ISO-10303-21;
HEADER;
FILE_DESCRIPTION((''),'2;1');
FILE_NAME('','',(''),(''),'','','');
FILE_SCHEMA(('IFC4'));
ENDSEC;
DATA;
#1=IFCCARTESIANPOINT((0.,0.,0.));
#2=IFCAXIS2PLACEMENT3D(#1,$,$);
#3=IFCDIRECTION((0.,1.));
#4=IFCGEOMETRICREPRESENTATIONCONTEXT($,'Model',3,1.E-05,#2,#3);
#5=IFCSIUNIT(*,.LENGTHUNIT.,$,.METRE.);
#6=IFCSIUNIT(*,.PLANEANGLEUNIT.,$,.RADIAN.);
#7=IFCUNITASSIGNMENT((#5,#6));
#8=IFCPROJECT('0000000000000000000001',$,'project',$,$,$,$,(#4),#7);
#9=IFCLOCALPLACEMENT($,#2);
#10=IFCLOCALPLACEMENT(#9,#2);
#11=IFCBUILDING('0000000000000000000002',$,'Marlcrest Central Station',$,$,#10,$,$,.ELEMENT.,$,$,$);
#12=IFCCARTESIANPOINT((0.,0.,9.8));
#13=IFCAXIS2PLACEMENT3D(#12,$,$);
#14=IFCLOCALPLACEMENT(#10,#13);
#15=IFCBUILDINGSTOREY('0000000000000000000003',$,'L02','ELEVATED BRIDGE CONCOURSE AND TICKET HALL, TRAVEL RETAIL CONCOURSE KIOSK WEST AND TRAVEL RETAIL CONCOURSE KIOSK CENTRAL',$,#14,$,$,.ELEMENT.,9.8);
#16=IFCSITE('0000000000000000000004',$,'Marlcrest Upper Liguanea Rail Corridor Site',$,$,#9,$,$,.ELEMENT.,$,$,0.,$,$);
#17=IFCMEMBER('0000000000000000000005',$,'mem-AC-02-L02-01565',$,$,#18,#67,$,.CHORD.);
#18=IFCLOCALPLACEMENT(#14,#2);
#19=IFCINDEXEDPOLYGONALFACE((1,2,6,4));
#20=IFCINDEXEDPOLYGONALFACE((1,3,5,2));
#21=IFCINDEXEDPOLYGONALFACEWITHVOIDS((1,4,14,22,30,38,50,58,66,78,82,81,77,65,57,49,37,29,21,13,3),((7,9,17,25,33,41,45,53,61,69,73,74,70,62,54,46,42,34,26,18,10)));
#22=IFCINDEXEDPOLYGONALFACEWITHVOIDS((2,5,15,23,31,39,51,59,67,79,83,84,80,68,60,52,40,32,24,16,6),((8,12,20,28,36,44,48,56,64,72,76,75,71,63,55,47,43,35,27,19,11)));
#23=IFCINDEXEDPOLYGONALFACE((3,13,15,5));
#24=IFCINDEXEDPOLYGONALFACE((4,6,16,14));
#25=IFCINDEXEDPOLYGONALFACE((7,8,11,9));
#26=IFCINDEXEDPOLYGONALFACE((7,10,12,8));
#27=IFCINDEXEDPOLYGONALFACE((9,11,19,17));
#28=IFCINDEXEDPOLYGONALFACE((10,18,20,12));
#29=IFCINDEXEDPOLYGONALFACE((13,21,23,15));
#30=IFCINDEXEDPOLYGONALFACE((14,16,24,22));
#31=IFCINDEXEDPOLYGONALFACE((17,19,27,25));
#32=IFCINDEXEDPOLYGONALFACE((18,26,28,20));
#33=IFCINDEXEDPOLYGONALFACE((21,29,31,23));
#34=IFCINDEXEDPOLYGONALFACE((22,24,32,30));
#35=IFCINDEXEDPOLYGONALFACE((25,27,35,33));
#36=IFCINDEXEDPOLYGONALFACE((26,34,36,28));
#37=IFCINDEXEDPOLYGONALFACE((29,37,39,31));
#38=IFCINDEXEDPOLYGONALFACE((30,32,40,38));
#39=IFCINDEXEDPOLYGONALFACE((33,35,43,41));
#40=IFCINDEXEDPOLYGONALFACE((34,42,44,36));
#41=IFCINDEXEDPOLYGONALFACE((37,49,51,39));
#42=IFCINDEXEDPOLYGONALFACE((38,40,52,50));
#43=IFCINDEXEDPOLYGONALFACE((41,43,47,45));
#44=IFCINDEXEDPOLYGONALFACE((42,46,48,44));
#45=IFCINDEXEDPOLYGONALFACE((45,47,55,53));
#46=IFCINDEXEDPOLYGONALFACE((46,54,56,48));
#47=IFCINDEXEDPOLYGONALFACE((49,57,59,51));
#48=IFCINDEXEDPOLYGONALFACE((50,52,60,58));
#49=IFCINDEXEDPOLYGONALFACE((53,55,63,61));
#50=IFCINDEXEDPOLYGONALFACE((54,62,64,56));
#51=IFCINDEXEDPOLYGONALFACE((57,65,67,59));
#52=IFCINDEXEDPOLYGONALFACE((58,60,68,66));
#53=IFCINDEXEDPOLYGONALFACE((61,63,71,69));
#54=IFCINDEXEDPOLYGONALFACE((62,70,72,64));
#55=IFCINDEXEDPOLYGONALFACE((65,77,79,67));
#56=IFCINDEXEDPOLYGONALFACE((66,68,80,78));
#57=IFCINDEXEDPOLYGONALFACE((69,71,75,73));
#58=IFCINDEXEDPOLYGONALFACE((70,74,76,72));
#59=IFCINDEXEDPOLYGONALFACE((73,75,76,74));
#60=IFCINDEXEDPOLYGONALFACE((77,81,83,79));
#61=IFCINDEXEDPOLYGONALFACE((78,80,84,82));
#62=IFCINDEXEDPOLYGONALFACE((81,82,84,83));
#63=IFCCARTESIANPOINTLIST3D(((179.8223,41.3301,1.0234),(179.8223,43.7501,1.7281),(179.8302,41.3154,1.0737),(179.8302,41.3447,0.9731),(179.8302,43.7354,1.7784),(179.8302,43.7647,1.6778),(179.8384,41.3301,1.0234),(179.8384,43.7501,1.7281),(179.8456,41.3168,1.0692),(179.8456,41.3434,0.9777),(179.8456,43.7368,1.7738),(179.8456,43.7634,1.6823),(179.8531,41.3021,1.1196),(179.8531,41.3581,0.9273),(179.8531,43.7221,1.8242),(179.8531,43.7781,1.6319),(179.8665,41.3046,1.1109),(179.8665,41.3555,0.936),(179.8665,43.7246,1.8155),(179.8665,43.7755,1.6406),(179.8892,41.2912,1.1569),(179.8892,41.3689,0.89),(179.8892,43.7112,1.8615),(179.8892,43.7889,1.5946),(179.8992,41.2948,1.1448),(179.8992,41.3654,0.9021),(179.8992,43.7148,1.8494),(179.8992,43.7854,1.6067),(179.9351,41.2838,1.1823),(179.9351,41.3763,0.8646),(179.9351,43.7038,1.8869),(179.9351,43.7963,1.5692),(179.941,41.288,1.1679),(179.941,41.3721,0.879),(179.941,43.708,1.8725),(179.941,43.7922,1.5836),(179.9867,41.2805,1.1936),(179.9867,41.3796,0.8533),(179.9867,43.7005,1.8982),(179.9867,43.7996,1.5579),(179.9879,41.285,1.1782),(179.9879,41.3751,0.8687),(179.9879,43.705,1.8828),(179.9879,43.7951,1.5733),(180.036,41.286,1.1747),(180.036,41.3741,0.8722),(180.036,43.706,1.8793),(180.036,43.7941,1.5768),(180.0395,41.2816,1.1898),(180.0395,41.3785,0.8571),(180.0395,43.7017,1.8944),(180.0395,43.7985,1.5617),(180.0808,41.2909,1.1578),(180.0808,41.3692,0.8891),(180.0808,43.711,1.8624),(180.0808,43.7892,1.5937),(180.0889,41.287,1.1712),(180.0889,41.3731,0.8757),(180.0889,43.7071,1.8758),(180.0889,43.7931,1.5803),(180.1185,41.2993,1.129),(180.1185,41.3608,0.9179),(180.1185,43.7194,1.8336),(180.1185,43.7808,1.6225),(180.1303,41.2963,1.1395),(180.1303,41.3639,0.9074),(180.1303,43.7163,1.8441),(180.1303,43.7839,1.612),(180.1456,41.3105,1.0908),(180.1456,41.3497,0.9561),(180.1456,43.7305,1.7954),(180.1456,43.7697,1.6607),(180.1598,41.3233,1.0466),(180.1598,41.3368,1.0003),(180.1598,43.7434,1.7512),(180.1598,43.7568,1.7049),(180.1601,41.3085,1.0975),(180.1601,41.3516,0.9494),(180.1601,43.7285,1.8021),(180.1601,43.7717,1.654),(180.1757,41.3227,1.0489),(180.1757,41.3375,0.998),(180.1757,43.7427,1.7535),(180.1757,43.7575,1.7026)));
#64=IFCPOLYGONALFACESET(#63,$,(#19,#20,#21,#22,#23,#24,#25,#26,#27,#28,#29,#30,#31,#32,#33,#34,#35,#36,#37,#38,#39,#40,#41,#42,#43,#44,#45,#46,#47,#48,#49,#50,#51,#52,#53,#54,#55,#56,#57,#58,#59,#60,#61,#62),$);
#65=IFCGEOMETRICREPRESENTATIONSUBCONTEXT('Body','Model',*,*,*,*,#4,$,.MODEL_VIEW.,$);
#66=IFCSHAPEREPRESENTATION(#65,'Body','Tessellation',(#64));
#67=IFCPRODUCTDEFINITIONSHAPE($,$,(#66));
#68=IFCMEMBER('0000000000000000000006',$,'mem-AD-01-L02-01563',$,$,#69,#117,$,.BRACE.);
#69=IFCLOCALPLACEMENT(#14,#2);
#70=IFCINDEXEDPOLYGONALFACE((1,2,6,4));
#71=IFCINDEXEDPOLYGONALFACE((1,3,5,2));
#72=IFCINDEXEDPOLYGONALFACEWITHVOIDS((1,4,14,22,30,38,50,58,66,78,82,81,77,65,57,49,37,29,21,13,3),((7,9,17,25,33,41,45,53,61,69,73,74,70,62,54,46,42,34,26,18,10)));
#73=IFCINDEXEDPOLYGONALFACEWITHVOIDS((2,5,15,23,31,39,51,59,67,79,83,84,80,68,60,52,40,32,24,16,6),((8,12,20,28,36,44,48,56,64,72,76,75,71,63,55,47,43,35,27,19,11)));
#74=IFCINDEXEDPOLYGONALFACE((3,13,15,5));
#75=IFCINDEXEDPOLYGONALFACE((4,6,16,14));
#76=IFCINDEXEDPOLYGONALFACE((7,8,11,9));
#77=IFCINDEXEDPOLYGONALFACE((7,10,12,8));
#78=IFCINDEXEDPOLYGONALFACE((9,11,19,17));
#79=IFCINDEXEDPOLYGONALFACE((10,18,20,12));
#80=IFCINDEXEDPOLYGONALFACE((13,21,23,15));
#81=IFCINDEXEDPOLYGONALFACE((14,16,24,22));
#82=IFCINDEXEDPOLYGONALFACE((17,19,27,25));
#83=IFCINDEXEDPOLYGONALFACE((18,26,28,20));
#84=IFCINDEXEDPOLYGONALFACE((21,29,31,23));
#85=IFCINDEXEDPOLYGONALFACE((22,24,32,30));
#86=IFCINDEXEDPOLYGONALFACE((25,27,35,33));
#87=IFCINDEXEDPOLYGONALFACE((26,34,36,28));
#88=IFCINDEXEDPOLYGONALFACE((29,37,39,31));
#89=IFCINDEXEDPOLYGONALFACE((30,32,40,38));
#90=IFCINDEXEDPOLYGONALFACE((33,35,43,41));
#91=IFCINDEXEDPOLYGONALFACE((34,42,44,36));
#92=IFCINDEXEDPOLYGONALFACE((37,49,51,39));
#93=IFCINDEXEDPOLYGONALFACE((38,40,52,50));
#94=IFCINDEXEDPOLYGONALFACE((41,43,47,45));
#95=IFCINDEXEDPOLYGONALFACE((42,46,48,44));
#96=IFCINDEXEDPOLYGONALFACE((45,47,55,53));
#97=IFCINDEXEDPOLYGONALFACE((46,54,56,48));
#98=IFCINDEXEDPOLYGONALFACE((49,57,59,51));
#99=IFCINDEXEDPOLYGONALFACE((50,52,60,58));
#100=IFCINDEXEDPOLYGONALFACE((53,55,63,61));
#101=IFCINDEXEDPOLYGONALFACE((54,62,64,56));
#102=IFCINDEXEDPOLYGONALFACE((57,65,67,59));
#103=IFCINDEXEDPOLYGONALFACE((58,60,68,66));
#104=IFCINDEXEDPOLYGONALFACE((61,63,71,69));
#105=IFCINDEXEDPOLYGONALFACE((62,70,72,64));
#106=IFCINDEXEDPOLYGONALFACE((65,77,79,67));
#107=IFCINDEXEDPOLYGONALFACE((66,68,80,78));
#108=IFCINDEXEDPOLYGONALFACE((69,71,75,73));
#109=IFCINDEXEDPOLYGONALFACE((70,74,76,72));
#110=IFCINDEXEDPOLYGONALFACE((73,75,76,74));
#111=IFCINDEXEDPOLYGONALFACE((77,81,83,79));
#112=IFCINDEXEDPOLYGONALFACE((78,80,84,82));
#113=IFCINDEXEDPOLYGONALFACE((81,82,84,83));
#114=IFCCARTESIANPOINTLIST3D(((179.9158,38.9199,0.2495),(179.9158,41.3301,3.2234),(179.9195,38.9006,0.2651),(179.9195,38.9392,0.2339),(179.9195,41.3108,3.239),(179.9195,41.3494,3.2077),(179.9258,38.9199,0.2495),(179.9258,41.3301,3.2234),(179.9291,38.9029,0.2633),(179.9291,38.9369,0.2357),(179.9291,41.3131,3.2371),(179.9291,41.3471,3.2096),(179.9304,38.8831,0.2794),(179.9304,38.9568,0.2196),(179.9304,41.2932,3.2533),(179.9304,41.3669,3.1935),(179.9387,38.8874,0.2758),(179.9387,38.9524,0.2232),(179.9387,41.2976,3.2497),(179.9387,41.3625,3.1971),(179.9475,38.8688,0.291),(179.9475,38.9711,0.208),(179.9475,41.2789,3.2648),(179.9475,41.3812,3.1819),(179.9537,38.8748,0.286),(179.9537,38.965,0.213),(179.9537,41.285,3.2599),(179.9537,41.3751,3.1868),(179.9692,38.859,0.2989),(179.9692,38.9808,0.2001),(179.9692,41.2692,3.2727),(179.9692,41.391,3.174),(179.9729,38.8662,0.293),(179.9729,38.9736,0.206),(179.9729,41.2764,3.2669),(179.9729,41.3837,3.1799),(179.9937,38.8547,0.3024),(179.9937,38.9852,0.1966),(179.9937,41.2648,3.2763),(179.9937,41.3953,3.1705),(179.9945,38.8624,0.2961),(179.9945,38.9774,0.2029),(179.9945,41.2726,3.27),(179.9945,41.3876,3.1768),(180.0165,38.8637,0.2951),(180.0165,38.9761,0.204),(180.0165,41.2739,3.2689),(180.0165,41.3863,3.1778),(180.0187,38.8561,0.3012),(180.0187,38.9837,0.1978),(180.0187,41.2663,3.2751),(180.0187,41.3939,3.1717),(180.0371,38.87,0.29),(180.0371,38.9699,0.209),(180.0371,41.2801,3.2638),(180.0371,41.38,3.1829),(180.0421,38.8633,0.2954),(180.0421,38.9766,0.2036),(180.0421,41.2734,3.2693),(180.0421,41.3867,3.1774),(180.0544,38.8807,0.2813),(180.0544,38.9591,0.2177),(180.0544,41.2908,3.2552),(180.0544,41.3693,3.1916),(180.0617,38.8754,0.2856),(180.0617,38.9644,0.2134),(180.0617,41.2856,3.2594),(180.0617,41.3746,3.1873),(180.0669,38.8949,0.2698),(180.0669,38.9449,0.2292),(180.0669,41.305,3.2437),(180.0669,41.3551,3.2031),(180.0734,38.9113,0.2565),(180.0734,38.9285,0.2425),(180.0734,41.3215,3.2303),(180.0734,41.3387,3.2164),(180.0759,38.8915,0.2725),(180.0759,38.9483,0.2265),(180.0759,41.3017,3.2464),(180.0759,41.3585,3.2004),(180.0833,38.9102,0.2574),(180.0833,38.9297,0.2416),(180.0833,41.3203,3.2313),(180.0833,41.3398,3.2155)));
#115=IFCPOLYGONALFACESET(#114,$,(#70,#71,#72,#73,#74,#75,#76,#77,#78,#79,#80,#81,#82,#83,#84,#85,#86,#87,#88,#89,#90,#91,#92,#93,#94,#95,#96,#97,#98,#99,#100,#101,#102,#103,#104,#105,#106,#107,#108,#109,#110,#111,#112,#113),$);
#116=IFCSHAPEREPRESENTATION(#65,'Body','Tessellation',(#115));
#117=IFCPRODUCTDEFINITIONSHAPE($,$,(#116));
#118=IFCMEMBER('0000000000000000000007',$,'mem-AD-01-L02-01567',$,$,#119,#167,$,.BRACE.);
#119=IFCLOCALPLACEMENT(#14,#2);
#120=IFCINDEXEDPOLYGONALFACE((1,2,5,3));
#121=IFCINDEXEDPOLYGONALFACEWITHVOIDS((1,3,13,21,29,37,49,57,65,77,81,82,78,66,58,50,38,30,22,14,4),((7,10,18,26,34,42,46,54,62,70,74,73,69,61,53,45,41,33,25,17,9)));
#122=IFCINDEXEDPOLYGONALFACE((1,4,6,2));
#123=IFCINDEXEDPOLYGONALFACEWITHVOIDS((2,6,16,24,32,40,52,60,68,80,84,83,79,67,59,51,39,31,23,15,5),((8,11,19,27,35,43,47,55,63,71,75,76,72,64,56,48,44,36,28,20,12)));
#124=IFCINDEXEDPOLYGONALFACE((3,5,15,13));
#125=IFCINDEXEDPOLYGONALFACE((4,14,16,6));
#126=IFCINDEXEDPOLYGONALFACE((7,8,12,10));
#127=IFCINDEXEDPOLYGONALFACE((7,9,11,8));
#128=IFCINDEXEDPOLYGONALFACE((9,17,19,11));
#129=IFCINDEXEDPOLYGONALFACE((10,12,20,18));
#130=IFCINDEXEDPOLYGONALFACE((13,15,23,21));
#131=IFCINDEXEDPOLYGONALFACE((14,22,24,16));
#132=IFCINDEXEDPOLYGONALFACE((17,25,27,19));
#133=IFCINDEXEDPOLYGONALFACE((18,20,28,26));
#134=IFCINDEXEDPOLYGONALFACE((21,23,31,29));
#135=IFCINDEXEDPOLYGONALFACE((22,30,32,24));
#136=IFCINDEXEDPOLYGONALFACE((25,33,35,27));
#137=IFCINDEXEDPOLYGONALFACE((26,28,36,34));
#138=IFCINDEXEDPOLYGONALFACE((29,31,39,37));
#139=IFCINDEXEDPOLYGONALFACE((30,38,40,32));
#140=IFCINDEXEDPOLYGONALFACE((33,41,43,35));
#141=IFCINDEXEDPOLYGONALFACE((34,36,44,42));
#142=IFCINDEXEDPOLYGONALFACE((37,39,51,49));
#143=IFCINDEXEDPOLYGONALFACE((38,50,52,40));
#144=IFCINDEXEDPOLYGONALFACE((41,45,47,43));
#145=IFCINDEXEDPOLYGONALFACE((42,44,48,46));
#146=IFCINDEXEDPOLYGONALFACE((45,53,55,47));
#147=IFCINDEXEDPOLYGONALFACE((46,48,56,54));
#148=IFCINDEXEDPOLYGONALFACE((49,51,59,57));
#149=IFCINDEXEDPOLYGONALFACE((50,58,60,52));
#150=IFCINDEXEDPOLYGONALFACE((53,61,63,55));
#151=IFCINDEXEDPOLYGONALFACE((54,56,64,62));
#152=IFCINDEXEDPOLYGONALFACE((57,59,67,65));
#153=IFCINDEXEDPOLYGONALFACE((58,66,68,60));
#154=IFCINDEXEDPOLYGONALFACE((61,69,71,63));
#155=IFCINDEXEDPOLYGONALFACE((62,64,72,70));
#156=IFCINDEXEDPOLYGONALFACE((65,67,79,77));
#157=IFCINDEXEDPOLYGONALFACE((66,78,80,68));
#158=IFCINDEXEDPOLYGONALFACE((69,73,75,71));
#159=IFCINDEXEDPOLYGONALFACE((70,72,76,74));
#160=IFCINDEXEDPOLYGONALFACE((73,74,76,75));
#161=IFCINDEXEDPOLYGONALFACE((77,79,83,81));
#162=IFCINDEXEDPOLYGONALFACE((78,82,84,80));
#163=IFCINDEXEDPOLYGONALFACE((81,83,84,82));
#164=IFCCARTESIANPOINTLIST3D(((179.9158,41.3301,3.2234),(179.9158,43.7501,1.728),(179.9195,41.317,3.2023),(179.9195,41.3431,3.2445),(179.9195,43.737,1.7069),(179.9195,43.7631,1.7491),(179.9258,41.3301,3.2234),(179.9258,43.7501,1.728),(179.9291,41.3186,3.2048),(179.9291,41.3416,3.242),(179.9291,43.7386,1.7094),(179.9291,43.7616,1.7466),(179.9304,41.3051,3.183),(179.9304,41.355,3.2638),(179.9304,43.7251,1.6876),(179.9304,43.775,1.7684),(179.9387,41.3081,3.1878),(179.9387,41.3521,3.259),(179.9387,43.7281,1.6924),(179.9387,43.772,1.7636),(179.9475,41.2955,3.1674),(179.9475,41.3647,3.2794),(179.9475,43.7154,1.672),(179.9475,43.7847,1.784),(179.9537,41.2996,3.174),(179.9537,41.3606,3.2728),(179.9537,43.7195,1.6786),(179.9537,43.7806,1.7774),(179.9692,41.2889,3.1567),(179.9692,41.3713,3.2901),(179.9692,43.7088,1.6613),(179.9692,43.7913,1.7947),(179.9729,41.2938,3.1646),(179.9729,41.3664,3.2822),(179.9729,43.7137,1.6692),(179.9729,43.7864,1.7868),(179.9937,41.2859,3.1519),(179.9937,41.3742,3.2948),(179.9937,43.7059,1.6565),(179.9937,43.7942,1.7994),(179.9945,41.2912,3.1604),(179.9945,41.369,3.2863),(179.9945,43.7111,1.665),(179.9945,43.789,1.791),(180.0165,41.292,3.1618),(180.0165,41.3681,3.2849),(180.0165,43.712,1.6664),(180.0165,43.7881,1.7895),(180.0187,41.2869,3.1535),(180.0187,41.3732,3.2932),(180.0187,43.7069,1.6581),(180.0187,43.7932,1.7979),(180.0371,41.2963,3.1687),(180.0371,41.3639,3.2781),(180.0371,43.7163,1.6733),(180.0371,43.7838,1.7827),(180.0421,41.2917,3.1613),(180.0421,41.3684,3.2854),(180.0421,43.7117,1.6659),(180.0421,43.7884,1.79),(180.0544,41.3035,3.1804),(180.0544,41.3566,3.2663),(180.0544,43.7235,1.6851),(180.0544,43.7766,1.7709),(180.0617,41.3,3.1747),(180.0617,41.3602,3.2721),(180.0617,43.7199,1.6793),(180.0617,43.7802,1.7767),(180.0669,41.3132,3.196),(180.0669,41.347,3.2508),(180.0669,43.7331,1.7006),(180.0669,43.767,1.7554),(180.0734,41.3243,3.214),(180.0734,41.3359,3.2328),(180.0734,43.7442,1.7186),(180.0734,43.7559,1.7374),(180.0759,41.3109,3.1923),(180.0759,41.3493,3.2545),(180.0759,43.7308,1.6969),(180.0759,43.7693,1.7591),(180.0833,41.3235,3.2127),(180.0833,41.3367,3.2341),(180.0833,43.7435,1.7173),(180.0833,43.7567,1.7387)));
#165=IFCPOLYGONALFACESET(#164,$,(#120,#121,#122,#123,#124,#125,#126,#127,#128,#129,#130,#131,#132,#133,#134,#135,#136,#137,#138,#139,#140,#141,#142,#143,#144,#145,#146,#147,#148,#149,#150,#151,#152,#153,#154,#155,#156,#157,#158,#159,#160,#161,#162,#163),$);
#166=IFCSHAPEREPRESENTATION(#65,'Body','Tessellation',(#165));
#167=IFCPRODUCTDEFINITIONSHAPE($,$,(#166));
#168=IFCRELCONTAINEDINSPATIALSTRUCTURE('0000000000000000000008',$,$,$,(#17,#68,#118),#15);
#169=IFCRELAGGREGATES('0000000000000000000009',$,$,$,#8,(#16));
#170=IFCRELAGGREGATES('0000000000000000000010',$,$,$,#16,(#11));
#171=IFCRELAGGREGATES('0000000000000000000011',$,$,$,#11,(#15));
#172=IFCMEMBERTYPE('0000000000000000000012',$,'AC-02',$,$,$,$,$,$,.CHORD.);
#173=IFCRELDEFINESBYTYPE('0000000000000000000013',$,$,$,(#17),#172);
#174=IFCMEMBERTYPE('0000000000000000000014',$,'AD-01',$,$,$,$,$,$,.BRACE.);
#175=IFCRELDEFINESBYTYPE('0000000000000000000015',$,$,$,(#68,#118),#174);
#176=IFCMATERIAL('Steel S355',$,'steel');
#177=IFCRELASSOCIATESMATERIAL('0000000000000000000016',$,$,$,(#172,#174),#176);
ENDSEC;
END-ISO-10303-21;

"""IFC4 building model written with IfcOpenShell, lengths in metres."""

from ifc_helpers import new_model, si_unit, direction, frame, origin, origin_2d, place, context, subcontext, project, spatial, hollow_circle, extrude, material, material_profile, profile_set, type_object, element, save


model = new_model("IFC4")

# Units and contexts
model_context = context("Model", 3, precision=1e-05, world=origin(), true_north=direction((0.0, 1.0)))
body_context = subcontext(model_context, "Body", "Model", "MODEL_VIEW")
ifc_project = project(units=[si_unit("LENGTHUNIT", "METRE"), si_unit("PLANEANGLEUNIT", "RADIAN")], contexts=[model_context])

# Site, building, storey
site_placement = place(None, origin())
site = spatial("IfcSite", under=ifc_project, at=site_placement, Name="Marlcrest Upper Liguanea Rail Corridor Site", CompositionType="ELEMENT", RefElevation=0.0)
building_placement = place(site_placement, origin())
building = spatial("IfcBuilding", under=site, at=building_placement, Name="Marlcrest Central Station", CompositionType="ELEMENT")
storey_placement = place(building_placement, frame((0.0, 0.0, 9.8)))
storey = spatial("IfcBuildingStorey", under=building, at=storey_placement, Name="L02", Description="ELEVATED BRIDGE CONCOURSE AND TICKET HALL, TRAVEL RETAIL CONCOURSE KIOSK WEST AND TRAVEL RETAIL CONCOURSE KIOSK CENTRAL", CompositionType="ELEMENT", Elevation=9.8)

# Members
ifc_material_1 = material(Name="Steel S355", Category="steel")
ifc_material_profile_1 = material_profile(ifc_material_1, hollow_circle(Radius=0.1777, WallThickness=0.0161, at=origin_2d()), Name="CHS 355.6x16")
ifc_profile_set_1 = profile_set([ifc_material_profile_1], Name="Steel S355")
member_type_1 = type_object("IfcMemberType", Name="AC-02", PredefinedType="CHORD", material=ifc_profile_set_1)
member_1_placement = place(storey_placement, frame((180.0, 41.3301, 1.0234), z_axis=(0.0, 0.96013, 0.279554), x_axis=(-1.0, 0.0, 0.0)))
element("IfcMember", 1, at=member_1_placement, inside=storey, type_object=member_type_1, Name="mem-AC-02-L02-01565", PredefinedType="CHORD", context=body_context, shape_type="SweptSolid", body=[
    extrude(hollow_circle(Radius=0.1777, WallThickness=0.0161, at=origin_2d()), origin(), (0.0, 0.0, 1.0), 2.5205),
])
ifc_material_profile_2 = material_profile(ifc_material_1, hollow_circle(Radius=0.0842, WallThickness=0.01, at=origin_2d()), Name="CHS 168.3x10")
ifc_profile_set_2 = profile_set([ifc_material_profile_2], Name="Steel S355")
member_type_2 = type_object("IfcMemberType", Name="AD-01", PredefinedType="BRACE", material=ifc_profile_set_2)
member_2_placement = place(storey_placement, frame((180.0, 38.9199, 0.2495), z_axis=(0.0, 0.629629, 0.776896), x_axis=(-1.0, 0.0, 0.0)))
element("IfcMember", 2, at=member_2_placement, inside=storey, type_object=member_type_2, Name="mem-AD-01-L02-01563", PredefinedType="BRACE", context=body_context, shape_type="SweptSolid", body=[
    extrude(hollow_circle(Radius=0.0842, WallThickness=0.01, at=origin_2d()), origin(), (0.0, 0.0, 1.0), 3.8279),
])
member_3_placement = place(storey_placement, frame((180.0, 41.3301, 3.2234), z_axis=(0.0, 0.850687, -0.525672), x_axis=(-1.0, 0.0, 0.0)))
element("IfcMember", 3, at=member_3_placement, inside=storey, type_object=member_type_2, Name="mem-AD-01-L02-01567", PredefinedType="BRACE", context=body_context, shape_type="SweptSolid", body=[
    extrude(hollow_circle(Radius=0.0842, WallThickness=0.01, at=origin_2d()), origin(), (0.0, 0.0, 1.0), 2.8447),
])

save(model, "model.ifc")
